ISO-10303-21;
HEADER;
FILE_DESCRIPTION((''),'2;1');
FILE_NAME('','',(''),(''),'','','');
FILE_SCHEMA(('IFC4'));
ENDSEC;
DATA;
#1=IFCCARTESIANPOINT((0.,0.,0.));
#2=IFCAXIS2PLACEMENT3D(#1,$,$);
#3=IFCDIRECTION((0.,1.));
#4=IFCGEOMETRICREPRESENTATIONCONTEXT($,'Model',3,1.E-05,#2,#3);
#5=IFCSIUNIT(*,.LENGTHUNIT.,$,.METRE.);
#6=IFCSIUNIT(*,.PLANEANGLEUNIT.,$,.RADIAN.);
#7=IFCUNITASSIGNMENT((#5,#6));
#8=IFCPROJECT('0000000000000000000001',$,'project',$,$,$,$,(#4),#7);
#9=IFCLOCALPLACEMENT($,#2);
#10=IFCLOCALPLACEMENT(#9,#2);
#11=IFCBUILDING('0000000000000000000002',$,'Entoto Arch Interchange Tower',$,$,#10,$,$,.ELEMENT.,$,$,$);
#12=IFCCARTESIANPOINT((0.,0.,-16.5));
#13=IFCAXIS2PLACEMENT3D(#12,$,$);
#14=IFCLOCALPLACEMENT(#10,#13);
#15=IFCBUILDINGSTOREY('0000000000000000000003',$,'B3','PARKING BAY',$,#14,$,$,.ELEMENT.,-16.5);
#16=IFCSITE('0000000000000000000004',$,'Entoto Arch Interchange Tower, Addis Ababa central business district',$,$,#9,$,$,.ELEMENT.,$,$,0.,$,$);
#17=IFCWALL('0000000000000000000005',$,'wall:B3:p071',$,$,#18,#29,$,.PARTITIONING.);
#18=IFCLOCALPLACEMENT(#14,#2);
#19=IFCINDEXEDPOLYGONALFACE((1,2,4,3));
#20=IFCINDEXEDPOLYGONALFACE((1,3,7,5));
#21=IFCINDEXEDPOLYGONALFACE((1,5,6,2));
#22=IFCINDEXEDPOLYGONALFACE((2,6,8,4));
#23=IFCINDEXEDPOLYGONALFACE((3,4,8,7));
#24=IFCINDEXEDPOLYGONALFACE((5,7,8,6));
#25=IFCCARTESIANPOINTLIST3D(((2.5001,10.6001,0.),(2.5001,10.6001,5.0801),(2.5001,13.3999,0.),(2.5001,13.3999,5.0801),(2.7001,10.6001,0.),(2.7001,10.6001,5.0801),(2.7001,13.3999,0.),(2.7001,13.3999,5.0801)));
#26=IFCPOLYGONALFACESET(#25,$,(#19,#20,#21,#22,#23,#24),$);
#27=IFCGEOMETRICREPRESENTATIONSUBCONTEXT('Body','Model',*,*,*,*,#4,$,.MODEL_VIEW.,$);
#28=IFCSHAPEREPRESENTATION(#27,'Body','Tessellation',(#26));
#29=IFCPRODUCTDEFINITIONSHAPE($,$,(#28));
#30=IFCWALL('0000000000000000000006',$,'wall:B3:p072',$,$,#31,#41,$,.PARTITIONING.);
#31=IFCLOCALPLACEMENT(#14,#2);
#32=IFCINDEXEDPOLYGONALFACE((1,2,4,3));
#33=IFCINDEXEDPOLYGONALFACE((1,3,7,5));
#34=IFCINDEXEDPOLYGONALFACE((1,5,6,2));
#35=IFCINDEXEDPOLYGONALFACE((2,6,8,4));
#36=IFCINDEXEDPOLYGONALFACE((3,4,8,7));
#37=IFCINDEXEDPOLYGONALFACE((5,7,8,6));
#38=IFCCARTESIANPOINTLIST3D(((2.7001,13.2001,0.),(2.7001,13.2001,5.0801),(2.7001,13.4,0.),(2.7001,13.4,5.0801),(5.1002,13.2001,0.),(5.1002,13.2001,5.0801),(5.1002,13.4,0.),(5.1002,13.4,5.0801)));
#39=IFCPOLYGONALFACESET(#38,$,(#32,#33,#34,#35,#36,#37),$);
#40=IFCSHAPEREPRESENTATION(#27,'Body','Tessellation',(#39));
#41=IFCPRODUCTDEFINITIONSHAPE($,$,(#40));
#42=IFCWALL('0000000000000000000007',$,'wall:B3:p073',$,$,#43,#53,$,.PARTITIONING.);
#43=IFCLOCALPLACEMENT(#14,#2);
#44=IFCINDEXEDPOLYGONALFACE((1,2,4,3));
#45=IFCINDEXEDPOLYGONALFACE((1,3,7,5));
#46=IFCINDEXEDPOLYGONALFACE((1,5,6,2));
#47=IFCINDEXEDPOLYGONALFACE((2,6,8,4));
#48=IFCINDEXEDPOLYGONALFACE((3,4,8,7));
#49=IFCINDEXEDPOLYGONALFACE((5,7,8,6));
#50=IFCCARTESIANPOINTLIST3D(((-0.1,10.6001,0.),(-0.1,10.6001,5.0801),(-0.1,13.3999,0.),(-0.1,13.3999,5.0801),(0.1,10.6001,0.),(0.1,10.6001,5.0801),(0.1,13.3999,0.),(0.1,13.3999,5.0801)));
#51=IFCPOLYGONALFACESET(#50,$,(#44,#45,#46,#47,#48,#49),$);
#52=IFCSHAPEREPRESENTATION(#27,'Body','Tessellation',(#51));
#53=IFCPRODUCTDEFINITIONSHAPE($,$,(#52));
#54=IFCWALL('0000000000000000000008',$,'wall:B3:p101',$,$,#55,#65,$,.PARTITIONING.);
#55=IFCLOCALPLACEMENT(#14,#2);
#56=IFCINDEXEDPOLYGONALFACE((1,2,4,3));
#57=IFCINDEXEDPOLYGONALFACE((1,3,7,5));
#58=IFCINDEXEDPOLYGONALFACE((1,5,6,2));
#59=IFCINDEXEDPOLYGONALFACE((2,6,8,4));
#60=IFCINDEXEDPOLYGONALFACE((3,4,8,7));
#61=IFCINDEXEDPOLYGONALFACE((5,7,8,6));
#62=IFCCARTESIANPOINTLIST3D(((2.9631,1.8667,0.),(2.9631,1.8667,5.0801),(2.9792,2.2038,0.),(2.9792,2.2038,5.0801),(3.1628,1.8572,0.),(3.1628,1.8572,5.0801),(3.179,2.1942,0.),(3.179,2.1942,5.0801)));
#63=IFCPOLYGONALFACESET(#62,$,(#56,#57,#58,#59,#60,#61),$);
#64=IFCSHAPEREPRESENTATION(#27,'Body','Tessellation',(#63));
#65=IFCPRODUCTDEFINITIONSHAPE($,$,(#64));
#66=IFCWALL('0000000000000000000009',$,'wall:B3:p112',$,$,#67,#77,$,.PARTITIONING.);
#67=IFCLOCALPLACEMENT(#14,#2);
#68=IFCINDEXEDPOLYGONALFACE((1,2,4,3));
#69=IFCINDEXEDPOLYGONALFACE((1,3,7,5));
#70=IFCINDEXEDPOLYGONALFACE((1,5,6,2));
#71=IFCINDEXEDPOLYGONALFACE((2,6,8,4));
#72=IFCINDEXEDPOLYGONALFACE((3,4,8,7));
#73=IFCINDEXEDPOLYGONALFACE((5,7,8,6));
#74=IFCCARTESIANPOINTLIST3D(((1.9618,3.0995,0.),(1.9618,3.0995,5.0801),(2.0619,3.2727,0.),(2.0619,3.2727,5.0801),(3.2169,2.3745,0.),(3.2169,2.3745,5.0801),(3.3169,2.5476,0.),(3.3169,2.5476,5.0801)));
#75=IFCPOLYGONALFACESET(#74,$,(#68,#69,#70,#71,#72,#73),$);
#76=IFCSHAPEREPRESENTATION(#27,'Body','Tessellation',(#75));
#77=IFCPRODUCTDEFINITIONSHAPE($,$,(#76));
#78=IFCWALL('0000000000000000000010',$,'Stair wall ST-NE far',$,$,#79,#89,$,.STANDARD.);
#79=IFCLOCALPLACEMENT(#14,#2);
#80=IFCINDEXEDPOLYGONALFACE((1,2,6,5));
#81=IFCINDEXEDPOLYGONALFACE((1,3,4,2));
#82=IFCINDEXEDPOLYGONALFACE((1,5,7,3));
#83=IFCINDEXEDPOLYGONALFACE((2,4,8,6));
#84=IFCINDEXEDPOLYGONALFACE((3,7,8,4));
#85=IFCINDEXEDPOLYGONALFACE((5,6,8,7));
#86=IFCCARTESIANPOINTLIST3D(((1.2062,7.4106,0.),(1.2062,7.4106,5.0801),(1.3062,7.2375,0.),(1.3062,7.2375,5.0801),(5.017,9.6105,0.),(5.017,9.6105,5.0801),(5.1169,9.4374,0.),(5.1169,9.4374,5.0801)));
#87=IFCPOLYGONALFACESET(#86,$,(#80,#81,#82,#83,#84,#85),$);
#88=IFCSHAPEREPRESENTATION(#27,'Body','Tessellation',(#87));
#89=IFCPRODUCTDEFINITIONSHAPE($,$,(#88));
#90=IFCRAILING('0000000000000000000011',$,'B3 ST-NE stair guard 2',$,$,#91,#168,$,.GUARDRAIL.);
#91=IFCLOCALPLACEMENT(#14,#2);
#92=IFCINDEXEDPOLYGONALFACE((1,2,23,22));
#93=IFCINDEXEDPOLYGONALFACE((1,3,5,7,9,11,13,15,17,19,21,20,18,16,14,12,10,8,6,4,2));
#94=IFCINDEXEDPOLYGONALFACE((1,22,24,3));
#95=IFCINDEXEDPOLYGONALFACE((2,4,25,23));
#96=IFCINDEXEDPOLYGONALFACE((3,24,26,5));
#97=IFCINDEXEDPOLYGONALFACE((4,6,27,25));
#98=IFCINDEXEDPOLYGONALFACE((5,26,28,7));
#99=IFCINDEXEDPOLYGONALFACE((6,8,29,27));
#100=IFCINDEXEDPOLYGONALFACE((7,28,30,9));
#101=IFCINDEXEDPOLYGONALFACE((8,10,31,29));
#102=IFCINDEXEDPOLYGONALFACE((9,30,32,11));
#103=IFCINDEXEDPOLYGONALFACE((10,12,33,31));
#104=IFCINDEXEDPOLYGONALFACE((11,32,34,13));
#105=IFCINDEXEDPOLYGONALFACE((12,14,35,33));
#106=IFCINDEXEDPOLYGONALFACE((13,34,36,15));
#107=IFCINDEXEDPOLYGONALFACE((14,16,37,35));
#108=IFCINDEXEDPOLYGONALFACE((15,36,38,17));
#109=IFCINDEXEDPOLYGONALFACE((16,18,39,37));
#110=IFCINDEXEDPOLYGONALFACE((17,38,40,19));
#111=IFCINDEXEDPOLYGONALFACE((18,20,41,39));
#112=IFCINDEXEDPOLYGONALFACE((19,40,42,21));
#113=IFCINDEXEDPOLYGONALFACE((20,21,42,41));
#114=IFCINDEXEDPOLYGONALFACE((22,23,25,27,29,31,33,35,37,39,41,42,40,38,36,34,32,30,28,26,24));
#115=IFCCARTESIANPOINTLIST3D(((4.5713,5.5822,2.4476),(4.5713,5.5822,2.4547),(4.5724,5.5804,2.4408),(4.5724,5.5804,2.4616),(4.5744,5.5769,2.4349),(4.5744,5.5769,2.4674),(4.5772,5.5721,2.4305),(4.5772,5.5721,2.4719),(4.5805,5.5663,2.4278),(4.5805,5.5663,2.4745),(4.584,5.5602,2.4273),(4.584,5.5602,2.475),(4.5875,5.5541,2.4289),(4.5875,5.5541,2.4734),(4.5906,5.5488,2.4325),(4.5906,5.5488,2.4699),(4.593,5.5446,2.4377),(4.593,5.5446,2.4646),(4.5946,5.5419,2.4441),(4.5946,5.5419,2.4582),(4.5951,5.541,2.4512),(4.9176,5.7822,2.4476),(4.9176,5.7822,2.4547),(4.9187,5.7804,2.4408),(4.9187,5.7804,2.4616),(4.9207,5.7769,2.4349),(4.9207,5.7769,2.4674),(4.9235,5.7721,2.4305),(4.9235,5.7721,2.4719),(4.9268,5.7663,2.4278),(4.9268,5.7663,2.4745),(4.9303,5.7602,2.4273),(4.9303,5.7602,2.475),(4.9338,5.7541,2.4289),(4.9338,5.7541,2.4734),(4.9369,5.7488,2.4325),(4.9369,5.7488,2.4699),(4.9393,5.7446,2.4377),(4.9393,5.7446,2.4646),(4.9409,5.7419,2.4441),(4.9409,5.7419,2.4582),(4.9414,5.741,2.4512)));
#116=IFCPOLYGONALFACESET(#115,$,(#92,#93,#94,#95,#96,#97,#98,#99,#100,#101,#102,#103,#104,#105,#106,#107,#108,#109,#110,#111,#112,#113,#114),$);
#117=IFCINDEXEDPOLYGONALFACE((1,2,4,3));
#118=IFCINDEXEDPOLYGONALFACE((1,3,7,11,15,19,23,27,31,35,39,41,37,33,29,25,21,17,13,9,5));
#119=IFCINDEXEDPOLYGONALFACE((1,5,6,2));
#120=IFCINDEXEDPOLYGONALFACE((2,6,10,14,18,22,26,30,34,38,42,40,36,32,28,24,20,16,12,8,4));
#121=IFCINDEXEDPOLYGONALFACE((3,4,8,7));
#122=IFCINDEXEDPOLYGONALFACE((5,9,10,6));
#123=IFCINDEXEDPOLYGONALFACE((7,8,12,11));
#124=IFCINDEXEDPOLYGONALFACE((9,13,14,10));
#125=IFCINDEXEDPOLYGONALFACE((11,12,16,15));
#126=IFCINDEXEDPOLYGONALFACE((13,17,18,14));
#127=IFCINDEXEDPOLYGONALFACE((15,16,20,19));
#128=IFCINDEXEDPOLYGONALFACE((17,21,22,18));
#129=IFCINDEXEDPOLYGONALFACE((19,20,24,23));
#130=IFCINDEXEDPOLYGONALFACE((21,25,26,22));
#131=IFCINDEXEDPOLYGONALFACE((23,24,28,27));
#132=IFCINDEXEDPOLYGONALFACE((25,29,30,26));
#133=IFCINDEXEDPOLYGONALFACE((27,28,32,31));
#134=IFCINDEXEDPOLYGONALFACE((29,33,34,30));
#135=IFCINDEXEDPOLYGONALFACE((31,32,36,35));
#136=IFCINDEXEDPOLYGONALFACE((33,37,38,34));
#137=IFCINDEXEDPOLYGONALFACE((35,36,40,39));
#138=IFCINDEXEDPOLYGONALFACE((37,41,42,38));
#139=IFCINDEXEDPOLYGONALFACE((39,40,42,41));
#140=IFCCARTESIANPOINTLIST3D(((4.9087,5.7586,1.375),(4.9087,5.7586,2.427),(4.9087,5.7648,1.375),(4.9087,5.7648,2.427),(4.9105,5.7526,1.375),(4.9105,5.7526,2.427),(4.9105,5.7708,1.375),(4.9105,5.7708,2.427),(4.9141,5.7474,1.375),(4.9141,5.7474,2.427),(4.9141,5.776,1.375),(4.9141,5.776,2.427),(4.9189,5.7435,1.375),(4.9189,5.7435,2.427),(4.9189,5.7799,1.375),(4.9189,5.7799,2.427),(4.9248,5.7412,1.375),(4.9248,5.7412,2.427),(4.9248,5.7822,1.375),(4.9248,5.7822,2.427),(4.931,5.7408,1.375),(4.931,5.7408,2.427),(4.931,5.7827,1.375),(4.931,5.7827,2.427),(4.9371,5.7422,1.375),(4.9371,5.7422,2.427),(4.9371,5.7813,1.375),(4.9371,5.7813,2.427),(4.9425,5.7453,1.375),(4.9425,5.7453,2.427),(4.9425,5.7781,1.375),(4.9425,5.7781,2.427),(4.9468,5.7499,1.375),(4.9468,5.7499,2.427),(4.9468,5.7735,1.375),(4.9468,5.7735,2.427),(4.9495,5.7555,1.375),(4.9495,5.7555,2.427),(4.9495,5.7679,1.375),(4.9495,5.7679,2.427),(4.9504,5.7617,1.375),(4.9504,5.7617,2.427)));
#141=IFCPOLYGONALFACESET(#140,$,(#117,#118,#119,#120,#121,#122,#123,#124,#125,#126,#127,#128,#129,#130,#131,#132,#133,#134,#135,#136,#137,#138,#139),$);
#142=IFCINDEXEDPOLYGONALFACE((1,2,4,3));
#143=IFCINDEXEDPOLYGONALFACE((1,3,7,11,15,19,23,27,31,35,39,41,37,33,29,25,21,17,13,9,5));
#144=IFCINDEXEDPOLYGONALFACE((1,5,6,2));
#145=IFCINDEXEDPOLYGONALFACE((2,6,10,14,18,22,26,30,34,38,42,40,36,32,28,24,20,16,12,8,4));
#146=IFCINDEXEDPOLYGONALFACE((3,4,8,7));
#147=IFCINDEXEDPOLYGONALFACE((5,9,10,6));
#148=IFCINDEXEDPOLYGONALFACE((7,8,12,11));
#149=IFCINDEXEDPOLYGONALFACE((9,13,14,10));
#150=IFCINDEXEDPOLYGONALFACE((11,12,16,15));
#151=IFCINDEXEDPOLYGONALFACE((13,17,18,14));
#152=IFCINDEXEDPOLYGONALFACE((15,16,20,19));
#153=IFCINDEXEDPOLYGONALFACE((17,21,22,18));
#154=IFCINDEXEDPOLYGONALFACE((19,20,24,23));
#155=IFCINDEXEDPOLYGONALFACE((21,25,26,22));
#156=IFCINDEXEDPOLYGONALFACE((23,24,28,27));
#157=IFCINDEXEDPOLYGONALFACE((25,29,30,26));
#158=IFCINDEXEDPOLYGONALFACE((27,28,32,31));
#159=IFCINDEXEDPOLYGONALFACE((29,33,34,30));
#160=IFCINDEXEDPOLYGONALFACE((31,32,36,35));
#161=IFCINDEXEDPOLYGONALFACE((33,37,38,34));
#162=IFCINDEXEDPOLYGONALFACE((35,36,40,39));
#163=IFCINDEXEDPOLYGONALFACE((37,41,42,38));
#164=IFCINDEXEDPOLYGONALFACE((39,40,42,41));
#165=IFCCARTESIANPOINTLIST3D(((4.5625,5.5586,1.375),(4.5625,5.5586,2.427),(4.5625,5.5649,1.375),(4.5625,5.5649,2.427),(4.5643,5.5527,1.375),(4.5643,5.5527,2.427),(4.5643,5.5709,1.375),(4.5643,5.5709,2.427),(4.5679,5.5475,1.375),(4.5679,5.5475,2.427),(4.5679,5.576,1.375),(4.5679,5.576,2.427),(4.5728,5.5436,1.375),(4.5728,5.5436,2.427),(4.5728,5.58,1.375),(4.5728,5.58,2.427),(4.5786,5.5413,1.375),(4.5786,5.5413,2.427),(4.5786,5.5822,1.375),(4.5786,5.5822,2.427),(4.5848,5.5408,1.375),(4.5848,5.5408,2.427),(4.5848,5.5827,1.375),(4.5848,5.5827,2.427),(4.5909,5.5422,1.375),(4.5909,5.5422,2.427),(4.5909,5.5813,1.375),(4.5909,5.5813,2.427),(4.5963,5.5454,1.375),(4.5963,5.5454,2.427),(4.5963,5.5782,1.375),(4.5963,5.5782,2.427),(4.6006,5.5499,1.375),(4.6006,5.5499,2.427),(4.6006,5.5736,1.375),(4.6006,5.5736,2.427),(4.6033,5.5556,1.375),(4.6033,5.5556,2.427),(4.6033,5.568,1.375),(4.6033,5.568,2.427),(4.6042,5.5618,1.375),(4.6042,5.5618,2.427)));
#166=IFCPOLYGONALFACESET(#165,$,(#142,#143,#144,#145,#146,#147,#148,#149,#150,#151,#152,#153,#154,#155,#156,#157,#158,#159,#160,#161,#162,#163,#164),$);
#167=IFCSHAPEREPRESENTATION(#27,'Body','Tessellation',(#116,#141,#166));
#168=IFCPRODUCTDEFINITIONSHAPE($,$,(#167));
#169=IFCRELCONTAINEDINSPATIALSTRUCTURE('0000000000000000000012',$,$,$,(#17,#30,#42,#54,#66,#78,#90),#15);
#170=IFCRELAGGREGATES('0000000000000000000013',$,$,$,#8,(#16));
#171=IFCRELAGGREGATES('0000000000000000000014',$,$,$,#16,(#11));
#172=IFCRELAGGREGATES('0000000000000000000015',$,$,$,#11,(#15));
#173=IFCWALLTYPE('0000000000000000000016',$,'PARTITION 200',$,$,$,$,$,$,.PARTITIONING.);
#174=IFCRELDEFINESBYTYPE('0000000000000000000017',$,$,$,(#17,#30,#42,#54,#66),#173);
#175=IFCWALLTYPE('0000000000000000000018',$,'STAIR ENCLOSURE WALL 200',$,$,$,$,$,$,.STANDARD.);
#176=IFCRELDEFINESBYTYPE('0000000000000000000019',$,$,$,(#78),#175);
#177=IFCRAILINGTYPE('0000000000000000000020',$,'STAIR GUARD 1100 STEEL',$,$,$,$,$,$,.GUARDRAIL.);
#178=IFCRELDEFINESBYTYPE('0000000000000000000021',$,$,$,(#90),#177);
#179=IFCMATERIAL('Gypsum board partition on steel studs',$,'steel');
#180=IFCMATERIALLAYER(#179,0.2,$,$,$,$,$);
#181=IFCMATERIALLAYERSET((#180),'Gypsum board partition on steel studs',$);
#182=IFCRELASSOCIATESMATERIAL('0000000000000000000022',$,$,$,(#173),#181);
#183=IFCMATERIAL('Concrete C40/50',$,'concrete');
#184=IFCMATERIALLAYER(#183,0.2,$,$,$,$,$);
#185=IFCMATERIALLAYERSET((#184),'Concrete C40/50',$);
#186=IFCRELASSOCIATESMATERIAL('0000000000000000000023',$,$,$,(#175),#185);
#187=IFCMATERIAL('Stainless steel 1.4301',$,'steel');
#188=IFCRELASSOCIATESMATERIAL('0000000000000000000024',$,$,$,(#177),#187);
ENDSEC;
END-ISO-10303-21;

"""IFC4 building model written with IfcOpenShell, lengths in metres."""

from ifc_helpers import new_model, si_unit, direction, frame, frame_2d, origin, origin_2d, place, context, subcontext, project, spatial, rectangle, circle, extrude, material, layer, layer_set, type_object, element, save


model = new_model("IFC4")

# Units and contexts
model_context = context("Model", 3, precision=1e-05, world=origin(), true_north=direction((0.0, 1.0)))
body_context = subcontext(model_context, "Body", "Model", "MODEL_VIEW")
ifc_project = project(units=[si_unit("LENGTHUNIT", "METRE"), si_unit("PLANEANGLEUNIT", "RADIAN")], contexts=[model_context])

# Site, building, storey
site_placement = place(None, origin())
site = spatial("IfcSite", under=ifc_project, at=site_placement, Name="Entoto Arch Interchange Tower, Addis Ababa central business district", CompositionType="ELEMENT", RefElevation=0.0)
building_placement = place(site_placement, origin())
building = spatial("IfcBuilding", under=site, at=building_placement, Name="Entoto Arch Interchange Tower", CompositionType="ELEMENT")
storey_placement = place(building_placement, frame((0.0, 0.0, -16.5)))
storey = spatial("IfcBuildingStorey", under=building, at=storey_placement, Name="B3", Description="PARKING BAY", CompositionType="ELEMENT", Elevation=-16.5)

# Shared definitions
ifc_material_1 = material(Name="Gypsum board partition on steel studs", Category="steel")
ifc_layer_1 = layer(ifc_material_1, 0.2)
ifc_layer_set_1 = layer_set([ifc_layer_1], Name="Gypsum board partition on steel studs")
wall_type_1 = type_object("IfcWallType", Name="PARTITION 200", PredefinedType="PARTITIONING", material=ifc_layer_set_1)

# Walls
wall_1_placement = place(storey_placement, frame((2.6001, 10.6001, 0.0), z_axis=(0.0, 0.0, 1.0), x_axis=(0.0, 1.0, 0.0)))
element("IfcWall", 1, at=wall_1_placement, inside=storey, type_object=wall_type_1, Name="wall:B3:p071", PredefinedType="PARTITIONING", context=body_context, shape_type="SweptSolid", body=[
    extrude(rectangle(XDim=2.7998, YDim=0.2, at=frame_2d((1.3999, 0.0))), origin(), (0.0, 0.0, 1.0), 5.0801),
])
wall_2_placement = place(storey_placement, frame((2.7, 13.3, 0.0), z_axis=(0.0, 0.0, 1.0), x_axis=(1.0, 0.0, 0.0)))
element("IfcWall", 2, at=wall_2_placement, inside=storey, type_object=wall_type_1, Name="wall:B3:p072", PredefinedType="PARTITIONING", context=body_context, shape_type="SweptSolid", body=[
    extrude(rectangle(XDim=2.4001, YDim=0.2, at=frame_2d((1.2002, 0.0))), origin(), (0.0, 0.0, 1.0), 5.0801),
])
wall_3_placement = place(storey_placement, frame((0.0, 13.3999, 0.0), z_axis=(0.0, 0.0, 1.0), x_axis=(0.0, -1.0, 0.0)))
element("IfcWall", 3, at=wall_3_placement, inside=storey, type_object=wall_type_1, Name="wall:B3:p073", PredefinedType="PARTITIONING", context=body_context, shape_type="SweptSolid", body=[
    extrude(rectangle(XDim=2.7998, YDim=0.2, at=frame_2d((1.3999, 0.0))), origin(), (0.0, 0.0, 1.0), 5.0801),
])
wall_4_placement = place(storey_placement, frame((3.0791, 2.199, 0.0), z_axis=(0.0, 0.0, 1.0), x_axis=(-0.047771, -0.998858, 0.0)))
element("IfcWall", 4, at=wall_4_placement, inside=storey, type_object=wall_type_1, Name="wall:B3:p101", PredefinedType="PARTITIONING", context=body_context, shape_type="SweptSolid", body=[
    extrude(rectangle(XDim=0.3374, YDim=0.2, at=frame_2d((0.1687, 0.0))), origin(), (0.0, 0.0, 1.0), 5.0801),
])
wall_5_placement = place(storey_placement, frame((2.012, 3.186, 0.0), z_axis=(0.0, 0.0, 1.0), x_axis=(0.865891, -0.500233, 0.0)))
element("IfcWall", 5, at=wall_5_placement, inside=storey, type_object=wall_type_1, Name="wall:B3:p112", PredefinedType="PARTITIONING", context=body_context, shape_type="SweptSolid", body=[
    extrude(rectangle(XDim=1.4495, YDim=0.2, at=frame_2d((0.7246, 0.0))), origin(), (0.0, 0.0, 1.0), 5.0801),
])
ifc_material_2 = material(Name="Concrete C40/50", Category="concrete")
ifc_layer_2 = layer(ifc_material_2, 0.2)
ifc_layer_set_2 = layer_set([ifc_layer_2], Name="Concrete C40/50")
wall_type_2 = type_object("IfcWallType", Name="STAIR ENCLOSURE WALL 200", PredefinedType="STANDARD", material=ifc_layer_set_2)
wall_6_placement = place(storey_placement, frame((1.2561, 7.324, 0.0), z_axis=(0.0, 0.0, 1.0), x_axis=(0.866046, 0.499964, 0.0)))
element("IfcWall", 6, at=wall_6_placement, inside=storey, type_object=wall_type_2, Name="Stair wall ST-NE far", PredefinedType="STANDARD", context=body_context, shape_type="SweptSolid", body=[
    extrude(rectangle(XDim=4.4001, YDim=0.2, at=frame_2d((2.2002, 0.0))), origin(), (0.0, 0.0, 1.0), 5.0801),
])

# Railing
ifc_material_3 = material(Name="Stainless steel 1.4301", Category="steel")
railing_type_1 = type_object("IfcRailingType", Name="STAIR GUARD 1100 STEEL", PredefinedType="GUARDRAIL", material=ifc_material_3)
railing_1_placement = place(storey_placement, frame((4.9294, 5.7617, 1.375)))
element("IfcRailing", 7, at=railing_1_placement, inside=storey, type_object=railing_type_1, Name="B3 ST-NE stair guard 2", PredefinedType="GUARDRAIL", context=body_context, shape_type="SweptSolid", body=[
    extrude(circle(Radius=0.0239, at=origin_2d()), frame((0.0, 0.0, 1.0762), z_axis=(-0.865941, -0.500145, 0.0), x_axis=(0.500145, -0.865941, 0.0)), (0.0, 0.0, 1.0), 0.3999),
    extrude(circle(Radius=0.021, at=origin_2d()), origin(), (0.0, 0.0, 1.0), 1.052),
    extrude(circle(Radius=0.021, at=origin_2d()), frame((-0.3462, -0.2, 0.0)), (0.0, 0.0, 1.0), 1.052),
])

save(model, "model.ifc")
